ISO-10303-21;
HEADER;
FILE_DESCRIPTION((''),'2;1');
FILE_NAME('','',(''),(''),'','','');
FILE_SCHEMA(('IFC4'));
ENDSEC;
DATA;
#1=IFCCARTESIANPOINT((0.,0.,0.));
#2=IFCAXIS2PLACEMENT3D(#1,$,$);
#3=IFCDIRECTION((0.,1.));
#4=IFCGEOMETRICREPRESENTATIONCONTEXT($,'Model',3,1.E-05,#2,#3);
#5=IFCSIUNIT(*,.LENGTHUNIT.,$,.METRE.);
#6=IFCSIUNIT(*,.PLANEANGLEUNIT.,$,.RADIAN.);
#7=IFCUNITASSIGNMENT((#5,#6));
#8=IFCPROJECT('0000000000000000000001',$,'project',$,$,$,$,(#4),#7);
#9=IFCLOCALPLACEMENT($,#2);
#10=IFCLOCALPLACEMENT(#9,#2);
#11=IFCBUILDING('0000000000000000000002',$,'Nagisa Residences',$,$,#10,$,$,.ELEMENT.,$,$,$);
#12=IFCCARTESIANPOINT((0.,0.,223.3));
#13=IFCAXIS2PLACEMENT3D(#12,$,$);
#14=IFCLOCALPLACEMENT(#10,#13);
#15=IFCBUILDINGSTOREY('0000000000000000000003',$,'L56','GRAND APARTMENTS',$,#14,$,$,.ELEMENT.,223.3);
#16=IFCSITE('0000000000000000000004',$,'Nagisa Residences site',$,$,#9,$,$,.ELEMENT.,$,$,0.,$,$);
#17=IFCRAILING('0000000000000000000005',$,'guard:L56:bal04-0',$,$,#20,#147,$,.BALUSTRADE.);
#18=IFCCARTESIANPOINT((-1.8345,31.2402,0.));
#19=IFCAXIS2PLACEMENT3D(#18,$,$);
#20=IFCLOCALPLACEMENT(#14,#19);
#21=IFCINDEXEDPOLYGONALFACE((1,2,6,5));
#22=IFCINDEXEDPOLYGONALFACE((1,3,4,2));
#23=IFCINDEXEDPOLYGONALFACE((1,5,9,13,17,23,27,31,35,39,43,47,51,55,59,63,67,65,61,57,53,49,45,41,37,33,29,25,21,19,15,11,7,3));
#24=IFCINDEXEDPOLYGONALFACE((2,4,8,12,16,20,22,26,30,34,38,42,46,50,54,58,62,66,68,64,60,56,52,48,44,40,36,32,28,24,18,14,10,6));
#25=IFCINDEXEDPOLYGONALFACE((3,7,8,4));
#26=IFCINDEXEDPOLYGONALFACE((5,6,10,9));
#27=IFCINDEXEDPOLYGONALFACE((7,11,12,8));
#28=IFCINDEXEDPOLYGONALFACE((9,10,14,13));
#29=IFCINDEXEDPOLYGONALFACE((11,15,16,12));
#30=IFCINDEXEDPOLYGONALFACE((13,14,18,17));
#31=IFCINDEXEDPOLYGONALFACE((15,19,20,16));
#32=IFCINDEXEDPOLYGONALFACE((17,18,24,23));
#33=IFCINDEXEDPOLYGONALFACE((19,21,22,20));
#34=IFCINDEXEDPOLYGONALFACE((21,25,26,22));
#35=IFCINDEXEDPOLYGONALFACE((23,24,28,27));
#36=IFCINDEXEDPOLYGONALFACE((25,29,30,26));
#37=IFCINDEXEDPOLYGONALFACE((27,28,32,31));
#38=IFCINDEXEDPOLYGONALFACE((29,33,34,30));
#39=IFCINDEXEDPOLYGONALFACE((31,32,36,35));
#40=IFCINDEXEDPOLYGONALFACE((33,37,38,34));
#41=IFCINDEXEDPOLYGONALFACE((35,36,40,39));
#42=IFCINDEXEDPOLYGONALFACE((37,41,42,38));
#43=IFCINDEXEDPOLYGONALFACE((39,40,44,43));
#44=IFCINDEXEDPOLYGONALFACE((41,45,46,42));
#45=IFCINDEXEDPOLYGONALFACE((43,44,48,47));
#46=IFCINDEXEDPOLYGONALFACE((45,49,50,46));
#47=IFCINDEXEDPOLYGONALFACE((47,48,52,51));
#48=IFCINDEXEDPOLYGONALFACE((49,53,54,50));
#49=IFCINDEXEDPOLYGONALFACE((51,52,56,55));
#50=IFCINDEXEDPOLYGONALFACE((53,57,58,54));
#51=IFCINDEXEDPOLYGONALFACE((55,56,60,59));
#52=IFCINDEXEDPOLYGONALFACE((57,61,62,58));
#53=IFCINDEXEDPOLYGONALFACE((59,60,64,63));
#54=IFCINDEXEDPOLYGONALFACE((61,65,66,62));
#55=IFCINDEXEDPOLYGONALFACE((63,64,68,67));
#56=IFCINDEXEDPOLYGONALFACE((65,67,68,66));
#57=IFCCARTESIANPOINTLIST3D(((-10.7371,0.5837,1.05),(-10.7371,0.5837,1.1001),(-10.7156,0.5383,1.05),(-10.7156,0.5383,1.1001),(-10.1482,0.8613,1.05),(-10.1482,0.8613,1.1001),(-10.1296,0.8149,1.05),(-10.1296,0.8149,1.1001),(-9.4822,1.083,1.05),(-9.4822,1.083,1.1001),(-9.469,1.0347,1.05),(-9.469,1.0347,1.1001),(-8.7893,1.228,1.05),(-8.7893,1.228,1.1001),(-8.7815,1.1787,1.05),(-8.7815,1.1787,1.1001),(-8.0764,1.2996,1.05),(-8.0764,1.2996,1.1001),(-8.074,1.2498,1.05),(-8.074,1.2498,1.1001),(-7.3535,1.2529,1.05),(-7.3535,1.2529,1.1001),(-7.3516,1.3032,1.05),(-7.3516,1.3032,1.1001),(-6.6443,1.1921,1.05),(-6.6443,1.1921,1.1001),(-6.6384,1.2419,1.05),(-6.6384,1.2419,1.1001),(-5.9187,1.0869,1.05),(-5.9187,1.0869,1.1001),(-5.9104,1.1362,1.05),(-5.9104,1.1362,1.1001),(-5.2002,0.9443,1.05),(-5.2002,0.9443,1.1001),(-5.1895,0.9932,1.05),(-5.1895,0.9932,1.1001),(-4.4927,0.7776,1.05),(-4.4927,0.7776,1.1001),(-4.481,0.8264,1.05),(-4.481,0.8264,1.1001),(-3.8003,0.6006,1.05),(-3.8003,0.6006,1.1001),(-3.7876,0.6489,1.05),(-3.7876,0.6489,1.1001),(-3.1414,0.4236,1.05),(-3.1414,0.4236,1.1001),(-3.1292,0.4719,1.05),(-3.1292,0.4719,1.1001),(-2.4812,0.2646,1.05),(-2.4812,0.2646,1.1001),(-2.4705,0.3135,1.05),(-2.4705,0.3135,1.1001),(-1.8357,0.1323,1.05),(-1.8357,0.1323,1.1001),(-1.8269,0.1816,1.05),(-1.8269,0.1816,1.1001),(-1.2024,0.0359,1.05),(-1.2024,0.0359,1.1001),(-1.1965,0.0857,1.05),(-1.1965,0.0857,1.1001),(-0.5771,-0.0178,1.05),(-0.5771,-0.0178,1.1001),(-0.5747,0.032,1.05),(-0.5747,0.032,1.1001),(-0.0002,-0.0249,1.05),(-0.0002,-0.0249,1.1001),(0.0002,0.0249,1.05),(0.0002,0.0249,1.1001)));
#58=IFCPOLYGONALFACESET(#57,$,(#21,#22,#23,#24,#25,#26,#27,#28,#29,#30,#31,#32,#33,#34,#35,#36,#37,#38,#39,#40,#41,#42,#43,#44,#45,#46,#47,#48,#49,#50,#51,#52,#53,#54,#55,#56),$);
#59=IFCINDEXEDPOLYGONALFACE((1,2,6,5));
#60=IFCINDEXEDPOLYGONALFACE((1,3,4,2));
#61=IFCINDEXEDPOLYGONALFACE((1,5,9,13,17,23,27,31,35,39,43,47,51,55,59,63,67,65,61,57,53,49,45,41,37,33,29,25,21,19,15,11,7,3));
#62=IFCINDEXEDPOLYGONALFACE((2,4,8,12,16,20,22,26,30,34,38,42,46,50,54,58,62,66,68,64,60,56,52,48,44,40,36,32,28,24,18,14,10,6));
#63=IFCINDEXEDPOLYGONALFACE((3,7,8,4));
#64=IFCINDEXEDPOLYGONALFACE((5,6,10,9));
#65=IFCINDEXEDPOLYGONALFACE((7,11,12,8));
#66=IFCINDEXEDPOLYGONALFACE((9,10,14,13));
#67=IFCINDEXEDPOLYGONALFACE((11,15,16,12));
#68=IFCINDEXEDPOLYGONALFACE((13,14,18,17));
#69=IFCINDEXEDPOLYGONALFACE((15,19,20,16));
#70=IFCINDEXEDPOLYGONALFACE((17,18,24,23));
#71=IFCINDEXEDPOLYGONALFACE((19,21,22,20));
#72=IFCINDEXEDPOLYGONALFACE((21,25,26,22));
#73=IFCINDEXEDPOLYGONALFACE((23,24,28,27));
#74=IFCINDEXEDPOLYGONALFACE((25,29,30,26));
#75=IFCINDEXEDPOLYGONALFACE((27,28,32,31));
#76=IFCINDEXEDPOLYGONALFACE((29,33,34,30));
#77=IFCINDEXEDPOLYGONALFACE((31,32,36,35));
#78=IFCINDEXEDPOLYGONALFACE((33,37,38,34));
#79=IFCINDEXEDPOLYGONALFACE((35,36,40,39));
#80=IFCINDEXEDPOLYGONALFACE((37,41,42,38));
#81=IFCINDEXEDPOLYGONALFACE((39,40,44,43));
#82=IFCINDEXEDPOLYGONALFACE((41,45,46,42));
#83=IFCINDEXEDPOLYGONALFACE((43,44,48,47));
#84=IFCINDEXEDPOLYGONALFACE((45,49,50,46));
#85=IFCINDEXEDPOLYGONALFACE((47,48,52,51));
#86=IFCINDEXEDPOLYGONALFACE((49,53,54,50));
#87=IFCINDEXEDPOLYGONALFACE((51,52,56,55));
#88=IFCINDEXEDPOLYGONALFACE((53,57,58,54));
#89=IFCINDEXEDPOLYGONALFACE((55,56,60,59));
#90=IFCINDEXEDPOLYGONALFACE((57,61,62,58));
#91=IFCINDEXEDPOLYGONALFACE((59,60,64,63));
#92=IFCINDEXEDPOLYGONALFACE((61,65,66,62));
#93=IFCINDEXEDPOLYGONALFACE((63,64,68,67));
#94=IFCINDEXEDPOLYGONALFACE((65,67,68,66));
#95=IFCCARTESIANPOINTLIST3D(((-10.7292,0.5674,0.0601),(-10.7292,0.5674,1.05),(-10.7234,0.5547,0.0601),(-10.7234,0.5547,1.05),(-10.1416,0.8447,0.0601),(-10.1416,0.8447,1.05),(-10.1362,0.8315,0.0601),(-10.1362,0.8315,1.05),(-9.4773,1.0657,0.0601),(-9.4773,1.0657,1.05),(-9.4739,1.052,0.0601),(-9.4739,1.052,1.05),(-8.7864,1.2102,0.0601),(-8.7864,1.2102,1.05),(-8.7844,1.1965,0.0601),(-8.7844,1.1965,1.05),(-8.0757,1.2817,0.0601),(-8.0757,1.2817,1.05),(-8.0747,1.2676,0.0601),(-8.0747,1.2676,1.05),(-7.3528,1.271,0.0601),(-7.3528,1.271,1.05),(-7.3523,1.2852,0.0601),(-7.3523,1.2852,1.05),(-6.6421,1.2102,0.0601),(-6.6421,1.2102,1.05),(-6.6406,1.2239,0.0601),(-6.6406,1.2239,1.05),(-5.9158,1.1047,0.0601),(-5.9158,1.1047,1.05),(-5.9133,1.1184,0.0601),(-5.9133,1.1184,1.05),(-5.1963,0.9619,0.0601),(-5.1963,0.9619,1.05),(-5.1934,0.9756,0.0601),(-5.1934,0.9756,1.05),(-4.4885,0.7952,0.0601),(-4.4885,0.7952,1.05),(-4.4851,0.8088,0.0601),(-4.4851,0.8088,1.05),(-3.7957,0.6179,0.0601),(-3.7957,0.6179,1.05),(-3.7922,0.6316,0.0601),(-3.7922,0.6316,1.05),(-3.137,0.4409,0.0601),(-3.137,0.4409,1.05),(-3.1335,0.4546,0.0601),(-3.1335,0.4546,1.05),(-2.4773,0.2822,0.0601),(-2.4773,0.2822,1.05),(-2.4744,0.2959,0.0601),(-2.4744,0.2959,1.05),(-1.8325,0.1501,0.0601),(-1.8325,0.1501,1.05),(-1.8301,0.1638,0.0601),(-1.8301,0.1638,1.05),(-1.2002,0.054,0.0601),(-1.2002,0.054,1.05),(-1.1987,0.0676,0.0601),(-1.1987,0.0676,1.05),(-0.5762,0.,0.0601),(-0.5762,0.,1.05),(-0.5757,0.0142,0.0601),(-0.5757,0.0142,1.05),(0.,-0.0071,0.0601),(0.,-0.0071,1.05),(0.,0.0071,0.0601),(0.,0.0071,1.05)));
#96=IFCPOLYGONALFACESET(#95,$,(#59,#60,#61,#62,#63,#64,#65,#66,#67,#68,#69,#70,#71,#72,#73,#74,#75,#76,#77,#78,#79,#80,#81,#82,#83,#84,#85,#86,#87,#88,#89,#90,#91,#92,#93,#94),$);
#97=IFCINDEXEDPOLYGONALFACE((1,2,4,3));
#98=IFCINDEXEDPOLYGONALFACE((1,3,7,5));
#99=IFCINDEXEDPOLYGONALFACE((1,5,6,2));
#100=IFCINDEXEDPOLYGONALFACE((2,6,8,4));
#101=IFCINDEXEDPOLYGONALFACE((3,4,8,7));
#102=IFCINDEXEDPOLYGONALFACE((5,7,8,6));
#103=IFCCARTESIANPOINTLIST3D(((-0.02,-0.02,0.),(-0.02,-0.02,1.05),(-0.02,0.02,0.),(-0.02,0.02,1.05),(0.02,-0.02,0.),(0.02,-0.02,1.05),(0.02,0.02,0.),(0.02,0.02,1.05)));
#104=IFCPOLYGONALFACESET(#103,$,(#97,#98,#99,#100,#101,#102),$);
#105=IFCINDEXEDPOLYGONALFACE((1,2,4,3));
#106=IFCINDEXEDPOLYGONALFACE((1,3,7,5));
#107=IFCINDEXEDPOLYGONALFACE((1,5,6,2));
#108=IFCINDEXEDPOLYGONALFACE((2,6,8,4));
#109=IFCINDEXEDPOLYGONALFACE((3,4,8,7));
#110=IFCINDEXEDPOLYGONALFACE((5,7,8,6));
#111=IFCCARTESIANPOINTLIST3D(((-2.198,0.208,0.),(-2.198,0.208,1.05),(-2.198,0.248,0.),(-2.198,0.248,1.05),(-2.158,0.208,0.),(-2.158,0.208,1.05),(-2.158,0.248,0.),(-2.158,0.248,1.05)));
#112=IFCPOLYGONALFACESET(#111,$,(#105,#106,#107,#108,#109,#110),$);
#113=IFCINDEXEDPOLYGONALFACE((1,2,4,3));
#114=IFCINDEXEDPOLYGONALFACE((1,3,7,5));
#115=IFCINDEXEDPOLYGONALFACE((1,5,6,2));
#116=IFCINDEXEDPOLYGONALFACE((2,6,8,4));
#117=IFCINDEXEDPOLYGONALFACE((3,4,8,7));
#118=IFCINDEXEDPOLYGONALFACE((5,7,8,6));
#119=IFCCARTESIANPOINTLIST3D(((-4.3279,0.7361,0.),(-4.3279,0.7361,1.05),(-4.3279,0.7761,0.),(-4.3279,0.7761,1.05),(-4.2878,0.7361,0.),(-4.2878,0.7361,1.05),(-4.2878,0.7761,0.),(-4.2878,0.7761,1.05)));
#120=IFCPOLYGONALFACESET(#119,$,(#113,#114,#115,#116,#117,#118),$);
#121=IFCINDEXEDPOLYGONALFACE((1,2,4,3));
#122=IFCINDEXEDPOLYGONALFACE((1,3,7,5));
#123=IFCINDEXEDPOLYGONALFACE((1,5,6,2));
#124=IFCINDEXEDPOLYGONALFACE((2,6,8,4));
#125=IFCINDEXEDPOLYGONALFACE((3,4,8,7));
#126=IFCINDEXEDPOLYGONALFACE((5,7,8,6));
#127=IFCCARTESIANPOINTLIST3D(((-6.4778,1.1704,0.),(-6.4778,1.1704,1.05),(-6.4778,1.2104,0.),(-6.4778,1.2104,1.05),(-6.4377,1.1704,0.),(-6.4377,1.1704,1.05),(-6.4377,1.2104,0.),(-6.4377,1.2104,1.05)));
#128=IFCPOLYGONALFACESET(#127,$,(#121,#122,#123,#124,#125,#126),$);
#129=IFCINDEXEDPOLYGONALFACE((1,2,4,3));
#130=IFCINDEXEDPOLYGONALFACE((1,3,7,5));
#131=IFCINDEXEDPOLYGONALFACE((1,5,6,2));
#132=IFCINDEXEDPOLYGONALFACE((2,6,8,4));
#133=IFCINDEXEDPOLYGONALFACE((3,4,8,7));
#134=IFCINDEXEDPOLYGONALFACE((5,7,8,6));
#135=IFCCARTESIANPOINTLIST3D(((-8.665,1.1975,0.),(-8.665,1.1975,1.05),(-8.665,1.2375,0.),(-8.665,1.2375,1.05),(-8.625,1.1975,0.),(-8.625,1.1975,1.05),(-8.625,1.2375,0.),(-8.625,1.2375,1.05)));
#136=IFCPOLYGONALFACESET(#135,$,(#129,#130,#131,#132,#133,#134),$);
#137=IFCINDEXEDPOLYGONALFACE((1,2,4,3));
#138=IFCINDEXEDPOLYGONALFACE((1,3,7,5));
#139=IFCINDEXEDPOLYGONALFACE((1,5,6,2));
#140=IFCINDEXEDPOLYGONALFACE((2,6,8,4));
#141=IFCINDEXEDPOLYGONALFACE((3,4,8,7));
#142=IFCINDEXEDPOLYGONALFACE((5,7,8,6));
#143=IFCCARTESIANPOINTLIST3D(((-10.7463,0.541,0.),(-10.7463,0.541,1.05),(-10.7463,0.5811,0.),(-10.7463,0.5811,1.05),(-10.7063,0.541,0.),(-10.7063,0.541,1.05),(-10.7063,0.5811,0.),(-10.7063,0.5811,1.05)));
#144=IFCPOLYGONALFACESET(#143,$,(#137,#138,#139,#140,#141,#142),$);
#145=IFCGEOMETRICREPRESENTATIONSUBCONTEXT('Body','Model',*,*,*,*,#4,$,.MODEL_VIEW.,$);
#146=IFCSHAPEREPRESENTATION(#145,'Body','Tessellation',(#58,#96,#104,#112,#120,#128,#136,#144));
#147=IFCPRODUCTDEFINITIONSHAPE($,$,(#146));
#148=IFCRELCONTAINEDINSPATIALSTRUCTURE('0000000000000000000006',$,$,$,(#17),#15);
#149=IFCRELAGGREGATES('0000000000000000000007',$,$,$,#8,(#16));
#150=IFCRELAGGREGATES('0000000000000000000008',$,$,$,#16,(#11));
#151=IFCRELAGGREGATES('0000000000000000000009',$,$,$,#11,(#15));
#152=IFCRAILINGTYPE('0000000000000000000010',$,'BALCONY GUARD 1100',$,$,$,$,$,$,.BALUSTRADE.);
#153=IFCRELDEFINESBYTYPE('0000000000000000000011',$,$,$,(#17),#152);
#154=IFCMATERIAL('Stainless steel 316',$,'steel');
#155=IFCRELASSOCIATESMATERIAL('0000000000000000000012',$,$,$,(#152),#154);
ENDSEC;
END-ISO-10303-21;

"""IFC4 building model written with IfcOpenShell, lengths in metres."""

from ifc_helpers import new_model, si_unit, direction, frame, origin, origin_2d, place, context, subcontext, project, spatial, polyline, rectangle, outline, extrude, material, type_object, element, save


model = new_model("IFC4")

# Units and contexts
model_context = context("Model", 3, precision=1e-05, world=origin(), true_north=direction((0.0, 1.0)))
body_context = subcontext(model_context, "Body", "Model", "MODEL_VIEW")
ifc_project = project(units=[si_unit("LENGTHUNIT", "METRE"), si_unit("PLANEANGLEUNIT", "RADIAN")], contexts=[model_context])

# Site, building, storey
site_placement = place(None, origin())
site = spatial("IfcSite", under=ifc_project, at=site_placement, Name="Nagisa Residences site", CompositionType="ELEMENT", RefElevation=0.0)
building_placement = place(site_placement, origin())
building = spatial("IfcBuilding", under=site, at=building_placement, Name="Nagisa Residences", CompositionType="ELEMENT")
storey_placement = place(building_placement, frame((0.0, 0.0, 223.3)))
storey = spatial("IfcBuildingStorey", under=building, at=storey_placement, Name="L56", Description="GRAND APARTMENTS", CompositionType="ELEMENT", Elevation=223.3)

# Railing
ifc_material_1 = material(Name="Stainless steel 316", Category="steel")
railing_type = type_object("IfcRailingType", Name="BALCONY GUARD 1100", PredefinedType="BALUSTRADE", material=ifc_material_1)
railing_1_placement = place(storey_placement, frame((-1.8345, 31.2402, 0.0)))
element("IfcRailing", 1, at=railing_1_placement, inside=storey, type_object=railing_type, Name="guard:L56:bal04-0", PredefinedType="BALUSTRADE", context=body_context, shape_type="SweptSolid", body=[
    extrude(outline(polyline([(-0.5771, -0.0178), (-0.0002, -0.0249), (0.0002, 0.0249), (-0.5747, 0.032), (-1.1965, 0.0857), (-1.8269, 0.1816), (-2.4705, 0.3135), (-3.1292, 0.4719), (-3.7876, 0.6489), (-4.481, 0.8264), (-5.1895, 0.9932), (-5.9104, 1.1362), (-6.6384, 1.2419), (-7.3516, 1.3032), (-8.0764, 1.2996), (-8.7893, 1.228), (-9.4822, 1.083), (-10.1482, 0.8613), (-10.7371, 0.5837), (-10.7156, 0.5383), (-10.1296, 0.8149), (-9.469, 1.0347), (-8.7815, 1.1787), (-8.074, 1.2498), (-7.3535, 1.2529), (-6.6443, 1.1921), (-5.9187, 1.0869), (-5.2002, 0.9443), (-4.4927, 0.7776), (-3.8003, 0.6006), (-3.1414, 0.4236), (-2.4812, 0.2646), (-1.8357, 0.1323), (-1.2024, 0.0359), (-0.5771, -0.0178)])), frame((0.0, 0.0, 1.05)), (0.0, 0.0, 1.0), 0.05),
    extrude(outline(polyline([(-0.5762, 0.0), (0.0, -0.0071), (0.0, 0.0071), (-0.5757, 0.0142), (-1.1987, 0.0676), (-1.8301, 0.1638), (-2.4744, 0.2959), (-3.1335, 0.4546), (-3.7922, 0.6316), (-4.4851, 0.8088), (-5.1934, 0.9756), (-5.9133, 1.1184), (-6.6406, 1.2239), (-7.3523, 1.2852), (-8.0757, 1.2817), (-8.7864, 1.2102), (-9.4773, 1.0657), (-10.1416, 0.8447), (-10.7292, 0.5674), (-10.7234, 0.5547), (-10.1362, 0.8315), (-9.4739, 1.052), (-8.7844, 1.1965), (-8.0747, 1.2676), (-7.3528, 1.271), (-6.6421, 1.2102), (-5.9158, 1.1047), (-5.1963, 0.9619), (-4.4885, 0.7952), (-3.7957, 0.6179), (-3.137, 0.4409), (-2.4773, 0.2822), (-1.8325, 0.1501), (-1.2002, 0.054), (-0.5762, 0.0)])), frame((0.0, 0.0, 0.0601)), (0.0, 0.0, 1.0), 0.99),
    extrude(rectangle(XDim=0.04, YDim=0.04, at=origin_2d()), origin(), (0.0, 0.0, 1.0), 1.05),
    extrude(rectangle(XDim=0.04, YDim=0.04, at=origin_2d()), frame((-2.178, 0.228, 0.0)), (0.0, 0.0, 1.0), 1.05),
    extrude(rectangle(XDim=0.04, YDim=0.04, at=origin_2d()), frame((-4.3079, 0.7561, 0.0)), (0.0, 0.0, 1.0), 1.05),
    extrude(rectangle(XDim=0.04, YDim=0.04, at=origin_2d()), frame((-6.4578, 1.1904, 0.0)), (0.0, 0.0, 1.0), 1.05),
    extrude(rectangle(XDim=0.04, YDim=0.04, at=origin_2d()), frame((-8.645, 1.2175, 0.0)), (0.0, 0.0, 1.0), 1.05),
    extrude(rectangle(XDim=0.04, YDim=0.04, at=origin_2d()), frame((-10.7263, 0.561, 0.0)), (0.0, 0.0, 1.0), 1.05),
])

save(model, "model.ifc")
